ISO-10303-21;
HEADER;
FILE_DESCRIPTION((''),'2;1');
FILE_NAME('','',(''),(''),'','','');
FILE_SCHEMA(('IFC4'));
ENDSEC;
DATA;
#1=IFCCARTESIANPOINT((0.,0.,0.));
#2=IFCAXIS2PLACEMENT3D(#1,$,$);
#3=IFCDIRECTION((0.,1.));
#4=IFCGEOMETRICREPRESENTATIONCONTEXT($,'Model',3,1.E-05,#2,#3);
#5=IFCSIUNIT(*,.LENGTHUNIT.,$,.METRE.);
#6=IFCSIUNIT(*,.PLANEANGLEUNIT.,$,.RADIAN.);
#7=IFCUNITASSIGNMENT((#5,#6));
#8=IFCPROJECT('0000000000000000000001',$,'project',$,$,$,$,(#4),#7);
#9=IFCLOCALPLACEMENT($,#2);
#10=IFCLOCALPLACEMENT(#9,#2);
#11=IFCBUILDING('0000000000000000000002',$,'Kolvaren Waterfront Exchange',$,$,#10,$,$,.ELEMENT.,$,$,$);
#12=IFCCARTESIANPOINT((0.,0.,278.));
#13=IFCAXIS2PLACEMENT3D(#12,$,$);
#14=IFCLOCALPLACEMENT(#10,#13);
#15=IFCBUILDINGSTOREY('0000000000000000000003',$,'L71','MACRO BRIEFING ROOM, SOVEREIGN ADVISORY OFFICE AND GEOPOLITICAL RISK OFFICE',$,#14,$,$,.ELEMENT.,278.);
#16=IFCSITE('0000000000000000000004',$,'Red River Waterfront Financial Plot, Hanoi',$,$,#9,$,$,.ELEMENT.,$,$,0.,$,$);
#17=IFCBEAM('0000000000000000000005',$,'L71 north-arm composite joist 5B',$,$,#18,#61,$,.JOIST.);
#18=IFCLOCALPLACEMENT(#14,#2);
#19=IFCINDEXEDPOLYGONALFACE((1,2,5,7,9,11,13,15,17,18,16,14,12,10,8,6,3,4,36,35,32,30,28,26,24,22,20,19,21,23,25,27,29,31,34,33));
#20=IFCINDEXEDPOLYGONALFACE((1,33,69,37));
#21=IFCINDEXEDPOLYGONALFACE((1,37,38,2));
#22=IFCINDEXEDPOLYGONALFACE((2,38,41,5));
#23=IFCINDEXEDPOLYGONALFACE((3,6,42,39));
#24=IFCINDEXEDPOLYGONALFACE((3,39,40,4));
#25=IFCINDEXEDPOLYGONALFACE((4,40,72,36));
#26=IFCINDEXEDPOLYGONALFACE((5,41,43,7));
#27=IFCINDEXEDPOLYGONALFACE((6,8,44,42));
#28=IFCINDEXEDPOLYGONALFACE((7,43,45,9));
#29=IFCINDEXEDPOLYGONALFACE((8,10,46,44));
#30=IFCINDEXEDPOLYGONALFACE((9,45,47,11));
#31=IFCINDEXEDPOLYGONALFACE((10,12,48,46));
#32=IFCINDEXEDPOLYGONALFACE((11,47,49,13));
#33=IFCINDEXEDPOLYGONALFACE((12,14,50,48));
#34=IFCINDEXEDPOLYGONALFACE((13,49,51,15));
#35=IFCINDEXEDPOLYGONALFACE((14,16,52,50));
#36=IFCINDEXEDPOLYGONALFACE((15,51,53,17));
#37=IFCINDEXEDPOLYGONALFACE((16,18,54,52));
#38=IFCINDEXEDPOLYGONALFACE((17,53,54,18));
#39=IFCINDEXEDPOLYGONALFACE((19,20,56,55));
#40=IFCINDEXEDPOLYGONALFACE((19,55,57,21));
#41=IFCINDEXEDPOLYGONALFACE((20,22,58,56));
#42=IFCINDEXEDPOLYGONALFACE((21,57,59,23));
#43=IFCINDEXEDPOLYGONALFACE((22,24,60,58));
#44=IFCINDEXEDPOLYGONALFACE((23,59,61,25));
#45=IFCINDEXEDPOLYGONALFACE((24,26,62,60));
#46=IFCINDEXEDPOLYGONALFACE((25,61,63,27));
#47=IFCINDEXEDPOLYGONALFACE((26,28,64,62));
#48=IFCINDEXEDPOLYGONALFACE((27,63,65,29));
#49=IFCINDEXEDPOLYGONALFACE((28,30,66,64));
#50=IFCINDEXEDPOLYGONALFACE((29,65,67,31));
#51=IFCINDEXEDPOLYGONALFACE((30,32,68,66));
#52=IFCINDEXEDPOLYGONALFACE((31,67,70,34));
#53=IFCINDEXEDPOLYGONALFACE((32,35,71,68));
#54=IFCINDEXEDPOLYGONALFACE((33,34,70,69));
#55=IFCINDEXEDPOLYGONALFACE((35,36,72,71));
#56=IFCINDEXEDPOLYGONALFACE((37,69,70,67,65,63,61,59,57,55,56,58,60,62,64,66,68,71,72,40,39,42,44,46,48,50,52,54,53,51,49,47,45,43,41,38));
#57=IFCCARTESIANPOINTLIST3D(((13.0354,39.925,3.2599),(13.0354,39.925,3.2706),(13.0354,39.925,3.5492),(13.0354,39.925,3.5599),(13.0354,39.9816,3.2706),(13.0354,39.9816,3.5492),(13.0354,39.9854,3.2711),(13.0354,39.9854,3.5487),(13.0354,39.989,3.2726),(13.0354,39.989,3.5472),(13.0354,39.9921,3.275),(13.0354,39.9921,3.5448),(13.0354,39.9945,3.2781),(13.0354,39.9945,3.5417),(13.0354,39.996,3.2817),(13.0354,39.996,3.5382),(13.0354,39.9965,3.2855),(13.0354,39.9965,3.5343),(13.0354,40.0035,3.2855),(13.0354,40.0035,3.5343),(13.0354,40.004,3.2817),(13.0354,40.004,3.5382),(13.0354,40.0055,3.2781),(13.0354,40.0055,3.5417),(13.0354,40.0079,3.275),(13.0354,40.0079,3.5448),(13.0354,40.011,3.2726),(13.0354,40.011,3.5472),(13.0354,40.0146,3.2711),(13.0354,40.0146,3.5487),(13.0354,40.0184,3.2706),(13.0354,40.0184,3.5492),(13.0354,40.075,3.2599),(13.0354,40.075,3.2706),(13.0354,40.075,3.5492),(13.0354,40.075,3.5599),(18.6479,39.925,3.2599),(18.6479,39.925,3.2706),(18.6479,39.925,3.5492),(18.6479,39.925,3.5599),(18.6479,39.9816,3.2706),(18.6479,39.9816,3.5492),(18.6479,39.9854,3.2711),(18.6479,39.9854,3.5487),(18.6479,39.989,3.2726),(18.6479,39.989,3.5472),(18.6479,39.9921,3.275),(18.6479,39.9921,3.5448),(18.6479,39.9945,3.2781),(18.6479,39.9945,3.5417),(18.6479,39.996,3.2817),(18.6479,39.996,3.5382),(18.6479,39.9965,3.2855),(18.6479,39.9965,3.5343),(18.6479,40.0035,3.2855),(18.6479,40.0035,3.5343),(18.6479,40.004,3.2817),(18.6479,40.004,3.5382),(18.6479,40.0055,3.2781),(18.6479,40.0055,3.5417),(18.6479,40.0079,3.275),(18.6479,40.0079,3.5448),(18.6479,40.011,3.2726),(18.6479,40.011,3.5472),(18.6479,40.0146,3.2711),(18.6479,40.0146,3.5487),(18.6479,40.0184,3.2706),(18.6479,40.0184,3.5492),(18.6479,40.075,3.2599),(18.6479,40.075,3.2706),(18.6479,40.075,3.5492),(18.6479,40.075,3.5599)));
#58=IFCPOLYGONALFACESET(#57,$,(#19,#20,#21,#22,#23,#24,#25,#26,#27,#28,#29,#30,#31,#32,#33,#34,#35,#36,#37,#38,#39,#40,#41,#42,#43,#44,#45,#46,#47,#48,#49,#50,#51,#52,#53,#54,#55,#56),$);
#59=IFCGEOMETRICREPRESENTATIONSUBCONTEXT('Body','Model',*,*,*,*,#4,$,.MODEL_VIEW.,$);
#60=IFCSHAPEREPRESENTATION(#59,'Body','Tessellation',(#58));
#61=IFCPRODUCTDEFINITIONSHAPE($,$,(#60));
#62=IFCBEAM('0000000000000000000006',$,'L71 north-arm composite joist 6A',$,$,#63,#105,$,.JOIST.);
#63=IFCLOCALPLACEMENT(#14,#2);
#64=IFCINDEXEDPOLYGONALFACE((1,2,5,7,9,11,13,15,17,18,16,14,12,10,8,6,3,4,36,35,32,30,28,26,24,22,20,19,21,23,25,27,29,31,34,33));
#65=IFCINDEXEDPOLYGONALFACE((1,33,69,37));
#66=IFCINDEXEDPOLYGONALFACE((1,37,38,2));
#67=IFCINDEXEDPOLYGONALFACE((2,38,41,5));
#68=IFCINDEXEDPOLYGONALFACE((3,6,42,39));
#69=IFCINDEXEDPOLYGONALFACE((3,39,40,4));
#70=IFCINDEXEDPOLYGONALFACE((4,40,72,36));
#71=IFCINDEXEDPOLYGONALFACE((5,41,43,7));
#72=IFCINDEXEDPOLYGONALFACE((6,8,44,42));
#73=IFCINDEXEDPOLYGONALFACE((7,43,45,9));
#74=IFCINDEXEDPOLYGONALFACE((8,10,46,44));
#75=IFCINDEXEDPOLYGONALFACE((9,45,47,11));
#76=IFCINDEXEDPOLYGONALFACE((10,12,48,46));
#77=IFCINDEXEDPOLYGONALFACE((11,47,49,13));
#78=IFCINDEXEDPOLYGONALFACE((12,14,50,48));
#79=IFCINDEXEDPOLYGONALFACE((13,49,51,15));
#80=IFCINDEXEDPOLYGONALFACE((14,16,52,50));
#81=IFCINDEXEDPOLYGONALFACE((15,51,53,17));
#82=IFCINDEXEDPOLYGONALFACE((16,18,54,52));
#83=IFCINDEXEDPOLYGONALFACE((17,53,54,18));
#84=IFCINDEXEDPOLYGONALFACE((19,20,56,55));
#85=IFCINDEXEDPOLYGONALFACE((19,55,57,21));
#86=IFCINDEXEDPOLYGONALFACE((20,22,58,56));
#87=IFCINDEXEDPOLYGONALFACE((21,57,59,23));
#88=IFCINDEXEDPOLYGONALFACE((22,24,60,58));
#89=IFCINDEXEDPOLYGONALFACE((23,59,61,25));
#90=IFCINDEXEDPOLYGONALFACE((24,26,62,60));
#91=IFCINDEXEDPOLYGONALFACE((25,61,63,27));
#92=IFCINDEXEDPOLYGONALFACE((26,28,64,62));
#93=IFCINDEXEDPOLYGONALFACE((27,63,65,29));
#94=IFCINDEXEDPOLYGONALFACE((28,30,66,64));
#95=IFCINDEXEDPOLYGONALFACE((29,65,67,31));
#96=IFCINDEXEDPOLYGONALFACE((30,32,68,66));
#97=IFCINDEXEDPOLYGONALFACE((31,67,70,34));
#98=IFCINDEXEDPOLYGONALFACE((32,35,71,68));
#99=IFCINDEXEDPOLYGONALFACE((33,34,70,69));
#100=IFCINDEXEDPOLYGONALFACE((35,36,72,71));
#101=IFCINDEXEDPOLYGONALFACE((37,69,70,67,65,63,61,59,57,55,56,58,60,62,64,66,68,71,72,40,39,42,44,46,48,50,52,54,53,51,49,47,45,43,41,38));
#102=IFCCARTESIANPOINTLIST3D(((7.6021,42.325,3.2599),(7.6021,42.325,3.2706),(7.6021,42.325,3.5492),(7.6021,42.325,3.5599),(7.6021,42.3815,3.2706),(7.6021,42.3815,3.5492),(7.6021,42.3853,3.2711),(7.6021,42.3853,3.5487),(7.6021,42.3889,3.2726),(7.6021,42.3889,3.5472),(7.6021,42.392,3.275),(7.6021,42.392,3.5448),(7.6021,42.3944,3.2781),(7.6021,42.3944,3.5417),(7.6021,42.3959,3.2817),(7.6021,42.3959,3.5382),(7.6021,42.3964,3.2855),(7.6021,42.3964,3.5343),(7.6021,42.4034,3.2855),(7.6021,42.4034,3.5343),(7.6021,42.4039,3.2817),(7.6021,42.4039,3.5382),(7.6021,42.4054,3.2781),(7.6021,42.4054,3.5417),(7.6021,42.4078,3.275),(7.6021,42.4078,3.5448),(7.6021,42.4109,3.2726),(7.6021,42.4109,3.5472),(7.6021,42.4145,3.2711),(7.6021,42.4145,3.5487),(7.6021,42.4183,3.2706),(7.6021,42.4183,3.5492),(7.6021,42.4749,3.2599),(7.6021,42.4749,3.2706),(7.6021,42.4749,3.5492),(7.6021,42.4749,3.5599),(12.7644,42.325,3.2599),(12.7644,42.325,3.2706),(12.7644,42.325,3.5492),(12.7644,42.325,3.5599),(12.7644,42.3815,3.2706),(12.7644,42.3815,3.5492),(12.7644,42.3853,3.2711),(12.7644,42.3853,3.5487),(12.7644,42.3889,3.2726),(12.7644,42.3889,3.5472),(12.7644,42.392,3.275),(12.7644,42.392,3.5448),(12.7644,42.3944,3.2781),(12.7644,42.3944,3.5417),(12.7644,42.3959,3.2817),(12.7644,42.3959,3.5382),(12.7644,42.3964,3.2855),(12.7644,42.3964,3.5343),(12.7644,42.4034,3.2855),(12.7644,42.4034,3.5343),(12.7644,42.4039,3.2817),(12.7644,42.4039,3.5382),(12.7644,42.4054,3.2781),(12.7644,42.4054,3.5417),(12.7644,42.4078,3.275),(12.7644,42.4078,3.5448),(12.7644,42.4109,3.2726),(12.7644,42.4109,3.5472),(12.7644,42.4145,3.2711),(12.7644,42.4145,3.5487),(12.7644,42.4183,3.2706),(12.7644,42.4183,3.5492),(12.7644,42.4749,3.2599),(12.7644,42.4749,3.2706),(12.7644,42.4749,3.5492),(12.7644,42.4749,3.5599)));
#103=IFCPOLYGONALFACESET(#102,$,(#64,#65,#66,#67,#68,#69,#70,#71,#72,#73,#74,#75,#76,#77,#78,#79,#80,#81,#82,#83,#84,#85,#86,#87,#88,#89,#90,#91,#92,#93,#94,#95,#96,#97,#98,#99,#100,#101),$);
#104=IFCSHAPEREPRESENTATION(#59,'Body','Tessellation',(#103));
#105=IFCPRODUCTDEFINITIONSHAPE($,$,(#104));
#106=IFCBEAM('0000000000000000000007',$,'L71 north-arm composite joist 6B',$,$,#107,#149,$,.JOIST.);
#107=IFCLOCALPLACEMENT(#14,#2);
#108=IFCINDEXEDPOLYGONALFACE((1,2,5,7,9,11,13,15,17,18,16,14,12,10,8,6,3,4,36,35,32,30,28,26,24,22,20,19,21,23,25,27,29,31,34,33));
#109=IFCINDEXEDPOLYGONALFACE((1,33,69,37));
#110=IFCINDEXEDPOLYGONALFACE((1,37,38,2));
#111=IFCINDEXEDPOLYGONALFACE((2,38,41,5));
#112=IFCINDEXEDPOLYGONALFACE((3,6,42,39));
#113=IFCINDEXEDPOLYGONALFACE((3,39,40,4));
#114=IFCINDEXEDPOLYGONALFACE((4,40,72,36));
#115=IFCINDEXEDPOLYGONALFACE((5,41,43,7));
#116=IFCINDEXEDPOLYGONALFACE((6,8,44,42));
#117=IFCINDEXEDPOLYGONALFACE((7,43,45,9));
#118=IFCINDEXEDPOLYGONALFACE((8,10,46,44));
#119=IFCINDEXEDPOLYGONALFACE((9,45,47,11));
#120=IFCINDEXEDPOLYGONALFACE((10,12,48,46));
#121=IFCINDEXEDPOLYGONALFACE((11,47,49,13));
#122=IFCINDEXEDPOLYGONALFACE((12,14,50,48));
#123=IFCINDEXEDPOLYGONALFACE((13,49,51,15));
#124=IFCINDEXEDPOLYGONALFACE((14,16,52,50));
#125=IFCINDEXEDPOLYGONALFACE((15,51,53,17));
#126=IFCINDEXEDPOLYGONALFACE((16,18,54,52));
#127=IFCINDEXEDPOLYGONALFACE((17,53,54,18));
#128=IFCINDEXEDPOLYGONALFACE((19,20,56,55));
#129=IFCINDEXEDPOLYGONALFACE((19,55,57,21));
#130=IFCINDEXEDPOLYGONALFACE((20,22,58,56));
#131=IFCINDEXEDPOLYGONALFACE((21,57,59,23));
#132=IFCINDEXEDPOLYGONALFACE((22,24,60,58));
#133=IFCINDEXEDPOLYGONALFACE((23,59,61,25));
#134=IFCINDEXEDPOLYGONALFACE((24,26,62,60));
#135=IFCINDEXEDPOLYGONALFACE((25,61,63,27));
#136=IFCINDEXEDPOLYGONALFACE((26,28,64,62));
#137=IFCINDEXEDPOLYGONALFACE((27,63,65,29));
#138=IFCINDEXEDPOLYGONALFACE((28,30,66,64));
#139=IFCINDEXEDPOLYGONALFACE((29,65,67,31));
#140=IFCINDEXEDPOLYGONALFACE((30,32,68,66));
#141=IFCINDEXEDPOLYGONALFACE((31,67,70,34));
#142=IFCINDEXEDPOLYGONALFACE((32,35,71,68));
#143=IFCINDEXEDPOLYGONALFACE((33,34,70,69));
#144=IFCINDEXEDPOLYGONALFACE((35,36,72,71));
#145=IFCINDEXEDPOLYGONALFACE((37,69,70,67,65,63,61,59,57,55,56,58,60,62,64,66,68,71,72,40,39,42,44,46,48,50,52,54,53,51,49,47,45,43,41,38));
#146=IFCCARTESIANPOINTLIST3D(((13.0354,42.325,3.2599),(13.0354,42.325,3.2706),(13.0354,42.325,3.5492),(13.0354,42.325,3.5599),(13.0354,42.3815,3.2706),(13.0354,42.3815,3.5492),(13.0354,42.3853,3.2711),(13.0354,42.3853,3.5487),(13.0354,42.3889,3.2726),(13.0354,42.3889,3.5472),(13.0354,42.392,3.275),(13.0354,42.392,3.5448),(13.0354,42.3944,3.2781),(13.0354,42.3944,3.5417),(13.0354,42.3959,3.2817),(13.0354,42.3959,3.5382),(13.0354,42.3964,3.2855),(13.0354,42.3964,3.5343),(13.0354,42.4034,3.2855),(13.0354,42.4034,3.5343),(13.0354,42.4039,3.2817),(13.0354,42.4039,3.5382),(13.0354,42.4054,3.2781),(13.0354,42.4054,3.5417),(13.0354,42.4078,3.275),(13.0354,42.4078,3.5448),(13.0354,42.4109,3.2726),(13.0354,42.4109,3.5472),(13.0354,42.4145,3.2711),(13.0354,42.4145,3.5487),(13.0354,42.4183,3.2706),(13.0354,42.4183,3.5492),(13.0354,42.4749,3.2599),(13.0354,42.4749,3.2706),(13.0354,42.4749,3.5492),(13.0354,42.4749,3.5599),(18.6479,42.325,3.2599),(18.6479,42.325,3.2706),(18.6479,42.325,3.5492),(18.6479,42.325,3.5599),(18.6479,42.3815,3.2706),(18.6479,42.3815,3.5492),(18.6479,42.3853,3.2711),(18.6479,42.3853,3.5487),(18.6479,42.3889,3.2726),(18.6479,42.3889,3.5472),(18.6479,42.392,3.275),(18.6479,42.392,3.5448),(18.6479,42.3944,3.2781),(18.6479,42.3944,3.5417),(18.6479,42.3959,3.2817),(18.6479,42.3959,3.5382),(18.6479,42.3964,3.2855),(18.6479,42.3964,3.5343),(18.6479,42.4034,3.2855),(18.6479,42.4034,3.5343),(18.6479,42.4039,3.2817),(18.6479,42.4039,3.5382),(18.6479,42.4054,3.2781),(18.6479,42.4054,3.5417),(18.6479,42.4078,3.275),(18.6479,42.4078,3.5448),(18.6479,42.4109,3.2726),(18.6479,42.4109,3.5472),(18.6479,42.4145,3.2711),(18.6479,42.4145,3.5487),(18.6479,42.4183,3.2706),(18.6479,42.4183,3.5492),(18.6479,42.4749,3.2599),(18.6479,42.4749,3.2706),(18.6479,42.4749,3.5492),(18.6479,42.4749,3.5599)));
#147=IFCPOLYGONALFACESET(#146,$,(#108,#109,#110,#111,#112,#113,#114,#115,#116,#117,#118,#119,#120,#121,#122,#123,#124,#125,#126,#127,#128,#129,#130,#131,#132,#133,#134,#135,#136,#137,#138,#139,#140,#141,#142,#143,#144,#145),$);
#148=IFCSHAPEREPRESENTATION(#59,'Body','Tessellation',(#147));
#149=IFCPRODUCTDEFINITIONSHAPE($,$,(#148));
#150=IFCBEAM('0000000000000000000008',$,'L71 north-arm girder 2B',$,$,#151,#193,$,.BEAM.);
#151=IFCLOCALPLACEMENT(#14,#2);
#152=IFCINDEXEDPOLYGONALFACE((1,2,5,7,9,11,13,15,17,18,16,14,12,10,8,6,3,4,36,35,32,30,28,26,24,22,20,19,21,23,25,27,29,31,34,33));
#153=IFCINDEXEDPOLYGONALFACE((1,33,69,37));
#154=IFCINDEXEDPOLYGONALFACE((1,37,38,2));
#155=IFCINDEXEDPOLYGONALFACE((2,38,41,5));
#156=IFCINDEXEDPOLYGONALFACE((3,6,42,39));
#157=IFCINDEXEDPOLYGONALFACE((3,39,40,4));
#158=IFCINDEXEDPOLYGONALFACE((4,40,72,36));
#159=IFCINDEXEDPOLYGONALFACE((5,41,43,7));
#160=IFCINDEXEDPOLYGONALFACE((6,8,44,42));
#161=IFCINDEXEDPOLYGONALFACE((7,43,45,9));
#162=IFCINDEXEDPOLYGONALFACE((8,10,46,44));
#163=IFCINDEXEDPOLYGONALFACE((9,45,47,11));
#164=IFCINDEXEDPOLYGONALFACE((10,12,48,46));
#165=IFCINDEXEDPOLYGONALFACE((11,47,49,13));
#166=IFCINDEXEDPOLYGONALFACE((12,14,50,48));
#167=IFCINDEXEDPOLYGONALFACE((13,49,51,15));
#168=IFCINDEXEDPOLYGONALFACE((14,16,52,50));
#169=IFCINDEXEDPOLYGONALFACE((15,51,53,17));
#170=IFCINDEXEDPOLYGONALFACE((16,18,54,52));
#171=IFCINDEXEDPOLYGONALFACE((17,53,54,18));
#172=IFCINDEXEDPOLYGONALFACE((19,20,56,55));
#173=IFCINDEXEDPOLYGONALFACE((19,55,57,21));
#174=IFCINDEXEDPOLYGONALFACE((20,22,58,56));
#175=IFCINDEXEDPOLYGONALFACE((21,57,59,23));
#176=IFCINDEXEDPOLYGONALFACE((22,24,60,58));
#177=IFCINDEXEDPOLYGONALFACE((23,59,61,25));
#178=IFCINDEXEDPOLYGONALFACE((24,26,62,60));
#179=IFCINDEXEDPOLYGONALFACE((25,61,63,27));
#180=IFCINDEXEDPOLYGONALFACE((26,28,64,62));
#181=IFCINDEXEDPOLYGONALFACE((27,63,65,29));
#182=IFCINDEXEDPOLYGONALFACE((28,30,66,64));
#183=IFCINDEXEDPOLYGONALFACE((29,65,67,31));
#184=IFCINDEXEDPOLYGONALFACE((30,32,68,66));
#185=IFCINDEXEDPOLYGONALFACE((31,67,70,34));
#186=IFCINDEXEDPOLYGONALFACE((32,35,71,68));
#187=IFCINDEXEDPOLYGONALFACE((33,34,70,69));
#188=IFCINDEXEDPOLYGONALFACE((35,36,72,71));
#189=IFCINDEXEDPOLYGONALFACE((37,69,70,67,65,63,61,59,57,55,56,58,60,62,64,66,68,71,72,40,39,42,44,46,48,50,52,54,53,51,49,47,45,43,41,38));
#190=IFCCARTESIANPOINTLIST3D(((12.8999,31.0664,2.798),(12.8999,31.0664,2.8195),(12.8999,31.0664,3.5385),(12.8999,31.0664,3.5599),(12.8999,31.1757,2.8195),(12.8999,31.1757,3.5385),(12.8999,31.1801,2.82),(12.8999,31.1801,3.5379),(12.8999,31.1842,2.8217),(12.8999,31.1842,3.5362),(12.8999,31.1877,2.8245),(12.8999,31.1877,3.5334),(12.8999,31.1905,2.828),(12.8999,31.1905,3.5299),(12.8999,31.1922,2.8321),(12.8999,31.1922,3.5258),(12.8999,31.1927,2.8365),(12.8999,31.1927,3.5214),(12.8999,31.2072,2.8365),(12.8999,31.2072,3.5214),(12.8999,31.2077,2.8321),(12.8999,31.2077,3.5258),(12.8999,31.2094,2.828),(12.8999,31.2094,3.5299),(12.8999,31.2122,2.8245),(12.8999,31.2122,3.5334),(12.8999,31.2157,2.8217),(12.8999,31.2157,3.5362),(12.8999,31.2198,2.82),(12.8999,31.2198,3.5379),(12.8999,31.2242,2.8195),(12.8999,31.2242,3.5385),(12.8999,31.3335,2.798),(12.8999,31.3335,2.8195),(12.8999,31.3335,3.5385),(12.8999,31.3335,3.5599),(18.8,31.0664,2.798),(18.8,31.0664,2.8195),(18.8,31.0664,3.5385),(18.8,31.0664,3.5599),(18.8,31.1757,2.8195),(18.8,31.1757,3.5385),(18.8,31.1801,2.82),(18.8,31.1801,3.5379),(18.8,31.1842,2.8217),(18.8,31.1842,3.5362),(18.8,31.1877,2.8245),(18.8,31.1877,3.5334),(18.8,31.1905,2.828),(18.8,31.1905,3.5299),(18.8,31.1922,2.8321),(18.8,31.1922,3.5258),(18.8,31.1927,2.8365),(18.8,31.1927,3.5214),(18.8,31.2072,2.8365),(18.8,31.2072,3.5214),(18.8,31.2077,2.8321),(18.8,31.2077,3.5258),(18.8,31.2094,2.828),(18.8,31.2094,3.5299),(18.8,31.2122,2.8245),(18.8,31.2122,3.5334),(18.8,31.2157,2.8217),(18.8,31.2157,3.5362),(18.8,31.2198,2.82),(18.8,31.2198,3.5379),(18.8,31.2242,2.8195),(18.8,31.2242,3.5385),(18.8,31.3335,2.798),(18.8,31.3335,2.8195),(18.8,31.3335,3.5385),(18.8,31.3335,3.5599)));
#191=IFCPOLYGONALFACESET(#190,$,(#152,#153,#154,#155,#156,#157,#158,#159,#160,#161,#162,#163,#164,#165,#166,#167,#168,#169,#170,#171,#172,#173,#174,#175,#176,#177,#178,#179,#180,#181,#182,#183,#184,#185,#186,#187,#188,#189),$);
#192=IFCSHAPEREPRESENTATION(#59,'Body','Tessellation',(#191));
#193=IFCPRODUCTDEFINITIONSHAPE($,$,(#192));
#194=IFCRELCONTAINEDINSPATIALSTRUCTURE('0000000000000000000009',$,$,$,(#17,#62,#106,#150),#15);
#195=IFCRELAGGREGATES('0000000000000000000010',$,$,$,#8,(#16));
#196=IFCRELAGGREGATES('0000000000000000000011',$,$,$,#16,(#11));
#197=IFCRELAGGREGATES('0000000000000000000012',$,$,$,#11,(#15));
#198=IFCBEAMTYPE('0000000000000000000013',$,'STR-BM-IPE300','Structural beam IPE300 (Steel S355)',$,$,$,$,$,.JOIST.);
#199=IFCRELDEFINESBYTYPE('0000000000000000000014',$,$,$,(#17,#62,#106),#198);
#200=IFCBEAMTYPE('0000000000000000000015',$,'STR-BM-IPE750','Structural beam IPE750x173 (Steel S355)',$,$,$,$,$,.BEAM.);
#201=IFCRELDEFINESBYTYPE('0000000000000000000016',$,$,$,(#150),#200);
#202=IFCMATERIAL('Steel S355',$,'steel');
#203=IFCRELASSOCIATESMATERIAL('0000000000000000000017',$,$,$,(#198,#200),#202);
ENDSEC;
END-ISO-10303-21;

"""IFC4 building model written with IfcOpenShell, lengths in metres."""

from ifc_helpers import new_model, si_unit, direction, frame, origin, origin_2d, place, context, subcontext, project, spatial, i_section, extrude, material, material_profile, profile_set, type_object, element, save


model = new_model("IFC4")

# Units and contexts
model_context = context("Model", 3, precision=1e-05, world=origin(), true_north=direction((0.0, 1.0)))
body_context = subcontext(model_context, "Body", "Model", "MODEL_VIEW")
ifc_project = project(units=[si_unit("LENGTHUNIT", "METRE"), si_unit("PLANEANGLEUNIT", "RADIAN")], contexts=[model_context])

# Site, building, storey
site_placement = place(None, origin())
site = spatial("IfcSite", under=ifc_project, at=site_placement, Name="Red River Waterfront Financial Plot, Hanoi", CompositionType="ELEMENT", RefElevation=0.0)
building_placement = place(site_placement, origin())
building = spatial("IfcBuilding", under=site, at=building_placement, Name="Kolvaren Waterfront Exchange", CompositionType="ELEMENT")
storey_placement = place(building_placement, frame((0.0, 0.0, 278.0)))
storey = spatial("IfcBuildingStorey", under=building, at=storey_placement, Name="L71", Description="MACRO BRIEFING ROOM, SOVEREIGN ADVISORY OFFICE AND GEOPOLITICAL RISK OFFICE", CompositionType="ELEMENT", Elevation=278.0)

# Beams
ifc_material_1 = material(Name="Steel S355", Category="steel")
ifc_material_profile_1 = material_profile(ifc_material_1, i_section(OverallWidth=0.1499, OverallDepth=0.3, WebThickness=0.0071, FlangeThickness=0.0107, FilletRadius=0.0149, at=origin_2d()), Name="IPE300")
ifc_profile_set_1 = profile_set([ifc_material_profile_1], Name="Steel S355")
beam_type_1 = type_object("IfcBeamType", Name="STR-BM-IPE300", Description="Structural beam IPE300 (Steel S355)", PredefinedType="JOIST", material=ifc_profile_set_1)
beam_1_placement = place(storey_placement, frame((13.0354, 40.0, 3.4099), z_axis=(1.0, 0.0, 0.0), x_axis=(0.0, 1.0, 0.0)))
element("IfcBeam", 1, at=beam_1_placement, inside=storey, type_object=beam_type_1, Name="L71 north-arm composite joist 5B", PredefinedType="JOIST", context=body_context, shape_type="SweptSolid", body=[
    extrude(i_section(OverallWidth=0.1499, OverallDepth=0.3, WebThickness=0.0071, FlangeThickness=0.0107, FilletRadius=0.0149, at=origin_2d()), origin(), (0.0, 0.0, 1.0), 5.6125),
])
beam_2_placement = place(storey_placement, frame((7.6021, 42.3999, 3.4099), z_axis=(1.0, 0.0, 0.0), x_axis=(0.0, 1.0, 0.0)))
element("IfcBeam", 2, at=beam_2_placement, inside=storey, type_object=beam_type_1, Name="L71 north-arm composite joist 6A", PredefinedType="JOIST", context=body_context, shape_type="SweptSolid", body=[
    extrude(i_section(OverallWidth=0.1499, OverallDepth=0.3, WebThickness=0.0071, FlangeThickness=0.0107, FilletRadius=0.0149, at=origin_2d()), origin(), (0.0, 0.0, 1.0), 5.1624),
])
beam_3_placement = place(storey_placement, frame((13.0354, 42.3999, 3.4099), z_axis=(1.0, 0.0, 0.0), x_axis=(0.0, 1.0, 0.0)))
element("IfcBeam", 3, at=beam_3_placement, inside=storey, type_object=beam_type_1, Name="L71 north-arm composite joist 6B", PredefinedType="JOIST", context=body_context, shape_type="SweptSolid", body=[
    extrude(i_section(OverallWidth=0.1499, OverallDepth=0.3, WebThickness=0.0071, FlangeThickness=0.0107, FilletRadius=0.0149, at=origin_2d()), origin(), (0.0, 0.0, 1.0), 5.6125),
])
ifc_material_profile_2 = material_profile(ifc_material_1, i_section(OverallWidth=0.2671, OverallDepth=0.762, WebThickness=0.0144, FlangeThickness=0.0215, FilletRadius=0.0171, at=origin_2d()), Name="IPE750x173")
ifc_profile_set_2 = profile_set([ifc_material_profile_2], Name="Steel S355")
beam_type_2 = type_object("IfcBeamType", Name="STR-BM-IPE750", Description="Structural beam IPE750x173 (Steel S355)", PredefinedType="BEAM", material=ifc_profile_set_2)
beam_4_placement = place(storey_placement, frame((12.8999, 31.2, 3.179), z_axis=(1.0, 0.0, 0.0), x_axis=(0.0, 1.0, 0.0)))
element("IfcBeam", 4, at=beam_4_placement, inside=storey, type_object=beam_type_2, Name="L71 north-arm girder 2B", PredefinedType="BEAM", context=body_context, shape_type="SweptSolid", body=[
    extrude(i_section(OverallWidth=0.2671, OverallDepth=0.762, WebThickness=0.0144, FlangeThickness=0.0215, FilletRadius=0.0171, at=origin_2d()), origin(), (0.0, 0.0, 1.0), 5.9001),
])

save(model, "model.ifc")
